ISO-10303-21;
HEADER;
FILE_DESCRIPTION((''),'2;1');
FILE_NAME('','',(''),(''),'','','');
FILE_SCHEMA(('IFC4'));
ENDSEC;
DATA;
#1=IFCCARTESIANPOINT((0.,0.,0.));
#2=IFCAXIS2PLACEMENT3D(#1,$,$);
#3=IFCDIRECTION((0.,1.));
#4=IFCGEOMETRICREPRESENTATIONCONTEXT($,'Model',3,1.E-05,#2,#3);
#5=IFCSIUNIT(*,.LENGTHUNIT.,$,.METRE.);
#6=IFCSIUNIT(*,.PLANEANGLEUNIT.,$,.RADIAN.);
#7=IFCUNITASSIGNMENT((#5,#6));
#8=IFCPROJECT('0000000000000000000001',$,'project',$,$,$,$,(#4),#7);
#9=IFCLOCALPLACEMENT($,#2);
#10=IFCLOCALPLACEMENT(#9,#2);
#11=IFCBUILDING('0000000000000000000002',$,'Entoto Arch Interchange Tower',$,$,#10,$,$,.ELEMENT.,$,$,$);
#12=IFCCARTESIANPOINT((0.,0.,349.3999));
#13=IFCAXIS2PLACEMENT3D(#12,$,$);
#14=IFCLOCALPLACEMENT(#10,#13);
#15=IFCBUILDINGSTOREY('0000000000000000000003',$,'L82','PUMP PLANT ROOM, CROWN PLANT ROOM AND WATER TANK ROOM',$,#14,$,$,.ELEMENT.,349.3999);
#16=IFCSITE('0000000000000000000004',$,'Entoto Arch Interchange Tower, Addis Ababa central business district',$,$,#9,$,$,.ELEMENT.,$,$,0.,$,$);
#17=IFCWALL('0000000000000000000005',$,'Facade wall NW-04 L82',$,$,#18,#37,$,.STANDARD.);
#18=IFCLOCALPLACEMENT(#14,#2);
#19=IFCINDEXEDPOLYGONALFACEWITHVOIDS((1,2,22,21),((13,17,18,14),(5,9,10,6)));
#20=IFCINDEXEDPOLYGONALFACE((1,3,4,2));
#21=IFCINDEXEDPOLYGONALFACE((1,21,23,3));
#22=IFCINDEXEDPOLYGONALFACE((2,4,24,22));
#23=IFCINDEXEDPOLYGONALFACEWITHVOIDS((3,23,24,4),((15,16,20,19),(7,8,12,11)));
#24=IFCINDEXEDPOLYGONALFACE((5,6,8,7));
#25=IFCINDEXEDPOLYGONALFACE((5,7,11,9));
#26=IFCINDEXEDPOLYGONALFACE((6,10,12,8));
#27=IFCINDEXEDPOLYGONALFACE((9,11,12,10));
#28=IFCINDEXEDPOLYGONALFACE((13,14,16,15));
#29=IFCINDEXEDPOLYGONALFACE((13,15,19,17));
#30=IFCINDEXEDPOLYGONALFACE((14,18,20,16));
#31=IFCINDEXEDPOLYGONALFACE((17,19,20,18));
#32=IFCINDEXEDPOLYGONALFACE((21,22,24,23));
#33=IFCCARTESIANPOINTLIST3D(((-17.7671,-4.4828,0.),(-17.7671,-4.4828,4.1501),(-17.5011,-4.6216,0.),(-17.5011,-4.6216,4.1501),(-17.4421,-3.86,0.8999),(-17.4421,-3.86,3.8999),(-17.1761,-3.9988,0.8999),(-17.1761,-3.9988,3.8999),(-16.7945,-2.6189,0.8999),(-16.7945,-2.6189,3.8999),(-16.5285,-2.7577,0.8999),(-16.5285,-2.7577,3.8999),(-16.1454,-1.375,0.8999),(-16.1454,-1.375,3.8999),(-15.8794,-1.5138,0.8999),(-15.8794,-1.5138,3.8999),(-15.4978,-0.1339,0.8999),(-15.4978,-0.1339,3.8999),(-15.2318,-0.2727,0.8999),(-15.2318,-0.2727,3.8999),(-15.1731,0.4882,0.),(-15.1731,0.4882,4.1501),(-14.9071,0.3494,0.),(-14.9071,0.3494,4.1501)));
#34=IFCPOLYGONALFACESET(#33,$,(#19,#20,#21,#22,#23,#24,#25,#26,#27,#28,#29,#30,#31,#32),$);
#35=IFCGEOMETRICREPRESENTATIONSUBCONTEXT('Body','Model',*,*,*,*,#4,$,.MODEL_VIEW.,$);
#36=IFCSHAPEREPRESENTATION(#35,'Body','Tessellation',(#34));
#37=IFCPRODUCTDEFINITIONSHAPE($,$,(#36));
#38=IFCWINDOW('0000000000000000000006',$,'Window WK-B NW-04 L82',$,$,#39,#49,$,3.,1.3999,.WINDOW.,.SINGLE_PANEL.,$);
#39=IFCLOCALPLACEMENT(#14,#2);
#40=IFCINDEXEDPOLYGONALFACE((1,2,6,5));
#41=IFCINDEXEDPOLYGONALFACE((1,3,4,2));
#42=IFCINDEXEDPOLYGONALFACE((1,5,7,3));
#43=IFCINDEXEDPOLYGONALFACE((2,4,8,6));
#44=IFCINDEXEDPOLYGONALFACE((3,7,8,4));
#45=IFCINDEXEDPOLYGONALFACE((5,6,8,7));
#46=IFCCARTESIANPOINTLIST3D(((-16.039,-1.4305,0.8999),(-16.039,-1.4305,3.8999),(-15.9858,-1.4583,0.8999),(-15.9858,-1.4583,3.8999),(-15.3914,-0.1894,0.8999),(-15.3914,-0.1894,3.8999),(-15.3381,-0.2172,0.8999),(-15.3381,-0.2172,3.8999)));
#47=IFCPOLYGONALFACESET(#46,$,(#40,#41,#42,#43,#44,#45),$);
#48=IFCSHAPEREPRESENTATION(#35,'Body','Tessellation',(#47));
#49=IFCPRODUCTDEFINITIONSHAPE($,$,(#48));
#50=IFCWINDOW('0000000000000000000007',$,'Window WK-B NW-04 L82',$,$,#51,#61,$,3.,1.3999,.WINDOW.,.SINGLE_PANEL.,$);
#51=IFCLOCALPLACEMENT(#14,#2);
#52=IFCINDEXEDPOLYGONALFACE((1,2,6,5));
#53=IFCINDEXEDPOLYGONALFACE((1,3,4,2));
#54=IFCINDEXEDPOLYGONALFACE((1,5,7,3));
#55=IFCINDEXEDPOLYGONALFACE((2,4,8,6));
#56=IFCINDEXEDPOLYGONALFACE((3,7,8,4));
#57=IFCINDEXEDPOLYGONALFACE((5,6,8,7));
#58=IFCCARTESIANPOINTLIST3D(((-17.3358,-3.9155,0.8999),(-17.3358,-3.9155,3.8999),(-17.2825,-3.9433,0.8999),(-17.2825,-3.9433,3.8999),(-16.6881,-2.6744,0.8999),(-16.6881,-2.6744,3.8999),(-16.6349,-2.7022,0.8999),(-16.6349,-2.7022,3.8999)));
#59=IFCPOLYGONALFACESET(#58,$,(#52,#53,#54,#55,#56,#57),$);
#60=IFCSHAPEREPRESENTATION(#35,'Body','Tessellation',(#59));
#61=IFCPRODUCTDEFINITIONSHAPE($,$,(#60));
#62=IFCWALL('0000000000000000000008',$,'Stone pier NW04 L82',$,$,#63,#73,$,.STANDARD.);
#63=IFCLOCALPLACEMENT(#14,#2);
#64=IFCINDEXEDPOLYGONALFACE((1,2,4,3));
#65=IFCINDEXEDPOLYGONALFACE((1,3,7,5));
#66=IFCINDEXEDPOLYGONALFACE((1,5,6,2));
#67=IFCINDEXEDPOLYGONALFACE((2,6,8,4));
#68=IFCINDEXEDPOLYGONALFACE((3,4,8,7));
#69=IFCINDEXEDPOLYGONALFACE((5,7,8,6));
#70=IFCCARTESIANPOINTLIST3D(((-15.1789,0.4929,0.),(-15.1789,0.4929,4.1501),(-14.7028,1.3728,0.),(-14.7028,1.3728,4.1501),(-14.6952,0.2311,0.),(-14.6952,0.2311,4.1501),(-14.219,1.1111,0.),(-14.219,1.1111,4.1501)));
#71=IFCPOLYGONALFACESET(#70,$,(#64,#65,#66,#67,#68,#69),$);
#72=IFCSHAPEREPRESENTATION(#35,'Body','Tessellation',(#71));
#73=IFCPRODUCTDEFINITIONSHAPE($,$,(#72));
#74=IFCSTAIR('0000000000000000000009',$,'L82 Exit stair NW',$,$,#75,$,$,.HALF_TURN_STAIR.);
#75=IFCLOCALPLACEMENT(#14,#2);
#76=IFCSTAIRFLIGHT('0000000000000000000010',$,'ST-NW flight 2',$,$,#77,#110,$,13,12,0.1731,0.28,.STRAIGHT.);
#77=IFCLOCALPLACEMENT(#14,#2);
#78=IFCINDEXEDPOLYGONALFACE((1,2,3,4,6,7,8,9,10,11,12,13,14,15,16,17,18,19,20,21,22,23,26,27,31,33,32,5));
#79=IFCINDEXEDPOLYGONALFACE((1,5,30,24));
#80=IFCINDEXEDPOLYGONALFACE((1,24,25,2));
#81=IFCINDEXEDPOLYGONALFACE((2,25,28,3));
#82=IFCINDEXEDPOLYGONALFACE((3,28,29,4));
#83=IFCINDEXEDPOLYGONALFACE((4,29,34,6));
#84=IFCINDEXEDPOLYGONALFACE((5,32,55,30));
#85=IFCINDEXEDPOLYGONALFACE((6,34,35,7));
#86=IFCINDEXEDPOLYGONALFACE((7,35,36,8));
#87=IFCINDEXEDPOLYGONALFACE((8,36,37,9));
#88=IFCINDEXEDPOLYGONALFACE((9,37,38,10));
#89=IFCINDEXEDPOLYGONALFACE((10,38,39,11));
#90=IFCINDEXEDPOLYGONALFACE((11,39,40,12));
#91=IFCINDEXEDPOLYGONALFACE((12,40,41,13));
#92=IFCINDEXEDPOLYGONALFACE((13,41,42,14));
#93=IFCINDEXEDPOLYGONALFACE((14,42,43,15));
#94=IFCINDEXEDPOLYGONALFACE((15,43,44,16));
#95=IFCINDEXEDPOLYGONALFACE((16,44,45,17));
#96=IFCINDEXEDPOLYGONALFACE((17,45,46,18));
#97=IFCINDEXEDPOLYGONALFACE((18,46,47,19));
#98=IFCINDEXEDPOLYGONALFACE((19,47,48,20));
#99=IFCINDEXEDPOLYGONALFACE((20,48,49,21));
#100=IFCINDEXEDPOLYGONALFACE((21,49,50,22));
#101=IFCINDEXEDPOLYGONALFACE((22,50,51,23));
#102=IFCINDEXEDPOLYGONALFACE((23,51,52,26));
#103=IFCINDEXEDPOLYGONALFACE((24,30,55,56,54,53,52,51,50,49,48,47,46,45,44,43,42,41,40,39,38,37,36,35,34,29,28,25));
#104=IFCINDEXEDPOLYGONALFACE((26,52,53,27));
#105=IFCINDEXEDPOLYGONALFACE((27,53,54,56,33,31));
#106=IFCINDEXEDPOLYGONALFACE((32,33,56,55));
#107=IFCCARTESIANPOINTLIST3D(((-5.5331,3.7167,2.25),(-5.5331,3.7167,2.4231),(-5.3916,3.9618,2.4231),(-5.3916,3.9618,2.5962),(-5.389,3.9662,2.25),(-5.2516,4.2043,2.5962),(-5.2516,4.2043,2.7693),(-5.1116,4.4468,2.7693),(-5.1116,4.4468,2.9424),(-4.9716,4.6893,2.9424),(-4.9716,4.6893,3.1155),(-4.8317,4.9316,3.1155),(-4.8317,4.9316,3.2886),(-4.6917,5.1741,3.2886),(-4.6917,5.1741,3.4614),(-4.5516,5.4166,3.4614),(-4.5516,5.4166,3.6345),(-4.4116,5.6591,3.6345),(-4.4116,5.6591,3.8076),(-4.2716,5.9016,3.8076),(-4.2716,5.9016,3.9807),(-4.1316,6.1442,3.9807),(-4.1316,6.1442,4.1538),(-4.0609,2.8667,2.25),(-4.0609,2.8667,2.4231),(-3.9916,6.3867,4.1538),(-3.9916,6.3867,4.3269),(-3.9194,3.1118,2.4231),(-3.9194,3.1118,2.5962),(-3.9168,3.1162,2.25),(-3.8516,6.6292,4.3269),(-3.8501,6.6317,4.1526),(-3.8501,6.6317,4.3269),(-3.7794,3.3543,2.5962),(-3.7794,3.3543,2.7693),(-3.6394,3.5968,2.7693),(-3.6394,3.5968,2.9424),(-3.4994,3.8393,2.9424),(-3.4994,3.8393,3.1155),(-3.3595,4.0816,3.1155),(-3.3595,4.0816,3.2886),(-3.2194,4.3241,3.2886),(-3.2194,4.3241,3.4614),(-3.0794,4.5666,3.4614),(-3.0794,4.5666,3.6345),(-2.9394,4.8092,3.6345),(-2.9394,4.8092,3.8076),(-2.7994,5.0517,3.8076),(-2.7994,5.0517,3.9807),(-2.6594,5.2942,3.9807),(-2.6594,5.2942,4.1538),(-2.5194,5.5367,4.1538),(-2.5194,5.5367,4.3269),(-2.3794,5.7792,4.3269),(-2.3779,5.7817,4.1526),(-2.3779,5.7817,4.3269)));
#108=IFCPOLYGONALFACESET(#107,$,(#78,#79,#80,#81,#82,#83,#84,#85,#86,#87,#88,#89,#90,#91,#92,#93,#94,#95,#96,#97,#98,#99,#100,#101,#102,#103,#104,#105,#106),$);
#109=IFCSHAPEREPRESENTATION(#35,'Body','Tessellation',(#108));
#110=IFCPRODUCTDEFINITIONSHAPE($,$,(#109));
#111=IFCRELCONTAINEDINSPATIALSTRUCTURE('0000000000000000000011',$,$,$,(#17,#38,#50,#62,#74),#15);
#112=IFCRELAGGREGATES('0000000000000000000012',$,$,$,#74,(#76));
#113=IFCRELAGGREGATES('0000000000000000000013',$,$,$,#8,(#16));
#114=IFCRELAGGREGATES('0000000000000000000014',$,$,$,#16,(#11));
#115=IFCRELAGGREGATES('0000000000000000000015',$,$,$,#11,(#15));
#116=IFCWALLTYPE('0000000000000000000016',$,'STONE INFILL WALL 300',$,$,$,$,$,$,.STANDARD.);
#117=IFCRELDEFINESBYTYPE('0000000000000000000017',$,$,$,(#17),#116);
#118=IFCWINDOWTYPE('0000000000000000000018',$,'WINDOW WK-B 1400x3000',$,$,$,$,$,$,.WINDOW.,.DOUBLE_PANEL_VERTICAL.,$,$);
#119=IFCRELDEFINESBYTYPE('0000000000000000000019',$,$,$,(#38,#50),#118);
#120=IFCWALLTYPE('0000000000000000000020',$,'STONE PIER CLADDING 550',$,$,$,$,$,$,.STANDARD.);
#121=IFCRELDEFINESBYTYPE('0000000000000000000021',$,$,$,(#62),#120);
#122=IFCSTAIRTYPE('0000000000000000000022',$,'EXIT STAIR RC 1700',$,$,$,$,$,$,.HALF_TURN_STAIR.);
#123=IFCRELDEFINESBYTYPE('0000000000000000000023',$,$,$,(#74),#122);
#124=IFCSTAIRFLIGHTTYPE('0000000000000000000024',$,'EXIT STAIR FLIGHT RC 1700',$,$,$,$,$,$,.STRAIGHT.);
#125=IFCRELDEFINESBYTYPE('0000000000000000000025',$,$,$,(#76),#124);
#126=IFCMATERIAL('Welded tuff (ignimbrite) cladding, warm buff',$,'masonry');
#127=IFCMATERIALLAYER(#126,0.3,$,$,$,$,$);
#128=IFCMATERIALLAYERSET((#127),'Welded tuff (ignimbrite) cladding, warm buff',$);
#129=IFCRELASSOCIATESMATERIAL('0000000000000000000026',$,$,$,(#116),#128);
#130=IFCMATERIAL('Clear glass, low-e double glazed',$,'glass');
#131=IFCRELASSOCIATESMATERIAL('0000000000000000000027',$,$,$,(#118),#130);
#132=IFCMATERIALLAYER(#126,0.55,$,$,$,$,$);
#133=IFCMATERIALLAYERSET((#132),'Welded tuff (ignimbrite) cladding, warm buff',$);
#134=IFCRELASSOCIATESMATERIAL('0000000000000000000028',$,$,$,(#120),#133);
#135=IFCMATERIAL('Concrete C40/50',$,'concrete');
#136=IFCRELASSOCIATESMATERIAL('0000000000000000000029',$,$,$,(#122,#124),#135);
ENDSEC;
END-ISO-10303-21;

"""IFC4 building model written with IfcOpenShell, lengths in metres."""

from ifc_helpers import new_model, si_unit, direction, frame, frame_2d, origin, place, context, subcontext, project, spatial, polyline, rectangle, outline, extrude, material, layer, layer_set, type_object, element, fill, aggregate, save


model = new_model("IFC4")

# Units and contexts
model_context = context("Model", 3, precision=1e-05, world=origin(), true_north=direction((0.0, 1.0)))
body_context = subcontext(model_context, "Body", "Model", "MODEL_VIEW")
ifc_project = project(units=[si_unit("LENGTHUNIT", "METRE"), si_unit("PLANEANGLEUNIT", "RADIAN")], contexts=[model_context])

# Site, building, storey
site_placement = place(None, origin())
site = spatial("IfcSite", under=ifc_project, at=site_placement, Name="Entoto Arch Interchange Tower, Addis Ababa central business district", CompositionType="ELEMENT", RefElevation=0.0)
building_placement = place(site_placement, origin())
building = spatial("IfcBuilding", under=site, at=building_placement, Name="Entoto Arch Interchange Tower", CompositionType="ELEMENT")
storey_placement = place(building_placement, frame((0.0, 0.0, 349.3999)))
storey = spatial("IfcBuildingStorey", under=building, at=storey_placement, Name="L82", Description="PUMP PLANT ROOM, CROWN PLANT ROOM AND WATER TANK ROOM", CompositionType="ELEMENT", Elevation=349.3999)

# Shared definitions
ifc_material_1 = material(Name="Concrete C40/50", Category="concrete")

# Wall, openings, windows
ifc_material_2 = material(Name="Welded tuff (ignimbrite) cladding, warm buff", Category="masonry")
ifc_layer_1 = layer(ifc_material_2, 0.3)
ifc_layer_set_1 = layer_set([ifc_layer_1], Name="Welded tuff (ignimbrite) cladding, warm buff")
wall_type_1 = type_object("IfcWallType", Name="STONE INFILL WALL 300", PredefinedType="STANDARD", material=ifc_layer_set_1)
wall_1_placement = place(storey_placement, frame((-15.04, 0.4189, 0.0), z_axis=(0.0, 0.0, 1.0), x_axis=(-0.46263, -0.886551, 0.0)))
wall_1 = element("IfcWall", 1, at=wall_1_placement, inside=storey, type_object=wall_type_1, Name="Facade wall NW-04 L82", PredefinedType="STANDARD", context=body_context, shape_type="SweptSolid", body=[
    extrude(rectangle(XDim=5.6072, YDim=0.3, at=frame_2d((2.8037, 0.0))), origin(), (0.0, 0.0, 1.0), 4.1501),
])
opening_1_placement = place(wall_1_placement, frame((0.7019, 0.0, 0.8999)))
opening_1 = element("IfcOpeningElement", 2, at=opening_1_placement, cuts=wall_1, PredefinedType="OPENING", context=body_context, shape_type="SweptSolid", body=[
    extrude(rectangle(XDim=1.3999, YDim=3.0, at=frame_2d((0.7, 1.5))), frame((0.0, 0.1602, 0.0), z_axis=(0.0, -1.0, 0.0), x_axis=(1.0, 0.0, 0.0)), (0.0, 0.0, 1.0), 0.3201),
])
opening_2_placement = place(wall_1_placement, frame((3.5049, 0.0, 0.8999)))
opening_2 = element("IfcOpeningElement", 3, at=opening_2_placement, cuts=wall_1, PredefinedType="OPENING", context=body_context, shape_type="SweptSolid", body=[
    extrude(rectangle(XDim=1.3999, YDim=3.0, at=frame_2d((0.7, 1.5))), frame((0.0, 0.1602, 0.0), z_axis=(0.0, -1.0, 0.0), x_axis=(1.0, 0.0, 0.0)), (0.0, 0.0, 1.0), 0.3201),
])
ifc_material_3 = material(Name="Clear glass, low-e double glazed", Category="glass")
window_type = type_object("IfcWindowType", Name="WINDOW WK-B 1400x3000", PartitioningType="DOUBLE_PANEL_VERTICAL", PredefinedType="WINDOW", material=ifc_material_3)
window_1_placement = place(opening_1_placement, origin())
window_1 = element("IfcWindow", 4, at=window_1_placement, inside=storey, type_object=window_type, Name="Window WK-B NW-04 L82", OverallHeight=3.0, OverallWidth=1.3999, PartitioningType="SINGLE_PANEL", PredefinedType="WINDOW", context=body_context, shape_type="SweptSolid", body=[
    extrude(rectangle(XDim=1.3999, YDim=3.0, at=frame_2d((0.7, 1.5))), frame((0.0, 0.03, 0.0), z_axis=(0.0, -1.0, 0.0), x_axis=(1.0, 0.0, 0.0)), (0.0, 0.0, 1.0), 0.0601),
])
fill(opening_1, window_1)
window_2_placement = place(opening_2_placement, origin())
window_2 = element("IfcWindow", 5, at=window_2_placement, inside=storey, type_object=window_type, Name="Window WK-B NW-04 L82", OverallHeight=3.0, OverallWidth=1.3999, PartitioningType="SINGLE_PANEL", PredefinedType="WINDOW", context=body_context, shape_type="SweptSolid", body=[
    extrude(rectangle(XDim=1.3999, YDim=3.0, at=frame_2d((0.7, 1.5))), frame((0.0, 0.03, 0.0), z_axis=(0.0, -1.0, 0.0), x_axis=(1.0, 0.0, 0.0)), (0.0, 0.0, 1.0), 0.0601),
])
fill(opening_2, window_2)

# Wall
ifc_layer_2 = layer(ifc_material_2, 0.55)
ifc_layer_set_2 = layer_set([ifc_layer_2], Name="Welded tuff (ignimbrite) cladding, warm buff")
wall_type_2 = type_object("IfcWallType", Name="STONE PIER CLADDING 550", PredefinedType="STANDARD", material=ifc_layer_set_2)
wall_2_placement = place(storey_placement, frame((-14.4609, 1.2419, 0.0), z_axis=(0.0, 0.0, 1.0), x_axis=(-0.475874, -0.879513, 0.0)))
element("IfcWall", 6, at=wall_2_placement, inside=storey, type_object=wall_type_2, Name="Stone pier NW04 L82", PredefinedType="STANDARD", context=body_context, shape_type="SweptSolid", body=[
    extrude(rectangle(XDim=1.0005, YDim=0.55, at=frame_2d((0.5002, 0.0))), origin(), (0.0, 0.0, 1.0), 4.1501),
])

# Stair, stair flight
stair_type = type_object("IfcStairType", Name="EXIT STAIR RC 1700", PredefinedType="HALF_TURN_STAIR", material=ifc_material_1)
stair_placement = place(storey_placement, origin())
stair = element("IfcStair", 7, at=stair_placement, inside=storey, type_object=stair_type, Name="L82 Exit stair NW", PredefinedType="HALF_TURN_STAIR")
stair_flight_type = type_object("IfcStairFlightType", Name="EXIT STAIR FLIGHT RC 1700", PredefinedType="STRAIGHT", material=ifc_material_1)
stair_flight_placement = place(storey_placement, frame((-4.7954, 3.2942, 2.25), z_axis=(0.0, 0.0, 1.0), x_axis=(0.5, 0.866025, 0.0)))
stair_flight = element("IfcStairFlight", 8, at=stair_flight_placement, type_object=stair_flight_type, Name="ST-NW flight 2", NumberOfRisers=13, NumberOfTreads=12, PredefinedType="STRAIGHT", RiserHeight=0.1731, TreadLength=0.28, context=body_context, shape_type="SweptSolid", body=[
    extrude(outline(polyline([(-0.0029, 0.0), (-0.0029, 0.1731), (0.28, 0.1731), (0.28, 0.3462), (0.5601, 0.3462), (0.5601, 0.5193), (0.8401, 0.5193), (0.8401, 0.6924), (1.1201, 0.6924), (1.1201, 0.8655), (1.3999, 0.8655), (1.3999, 1.0386), (1.6799, 1.0386), (1.6799, 1.2114), (1.96, 1.2114), (1.96, 1.3845), (2.24, 1.3845), (2.24, 1.5576), (2.52, 1.5576), (2.52, 1.7307), (2.8, 1.7307), (2.8, 1.9038), (3.0801, 1.9038), (3.0801, 2.0769), (3.3601, 2.0769), (3.363, 2.0769), (3.363, 1.9026), (0.2852, 0.0), (-0.0029, 0.0)])), frame((0.0, 0.8501, 0.0), z_axis=(0.0, -1.0, 0.0), x_axis=(1.0, 0.0, 0.0)), (0.0, 0.0, 1.0), 1.7),
])
aggregate(stair, [stair_flight])

save(model, "model.ifc")
